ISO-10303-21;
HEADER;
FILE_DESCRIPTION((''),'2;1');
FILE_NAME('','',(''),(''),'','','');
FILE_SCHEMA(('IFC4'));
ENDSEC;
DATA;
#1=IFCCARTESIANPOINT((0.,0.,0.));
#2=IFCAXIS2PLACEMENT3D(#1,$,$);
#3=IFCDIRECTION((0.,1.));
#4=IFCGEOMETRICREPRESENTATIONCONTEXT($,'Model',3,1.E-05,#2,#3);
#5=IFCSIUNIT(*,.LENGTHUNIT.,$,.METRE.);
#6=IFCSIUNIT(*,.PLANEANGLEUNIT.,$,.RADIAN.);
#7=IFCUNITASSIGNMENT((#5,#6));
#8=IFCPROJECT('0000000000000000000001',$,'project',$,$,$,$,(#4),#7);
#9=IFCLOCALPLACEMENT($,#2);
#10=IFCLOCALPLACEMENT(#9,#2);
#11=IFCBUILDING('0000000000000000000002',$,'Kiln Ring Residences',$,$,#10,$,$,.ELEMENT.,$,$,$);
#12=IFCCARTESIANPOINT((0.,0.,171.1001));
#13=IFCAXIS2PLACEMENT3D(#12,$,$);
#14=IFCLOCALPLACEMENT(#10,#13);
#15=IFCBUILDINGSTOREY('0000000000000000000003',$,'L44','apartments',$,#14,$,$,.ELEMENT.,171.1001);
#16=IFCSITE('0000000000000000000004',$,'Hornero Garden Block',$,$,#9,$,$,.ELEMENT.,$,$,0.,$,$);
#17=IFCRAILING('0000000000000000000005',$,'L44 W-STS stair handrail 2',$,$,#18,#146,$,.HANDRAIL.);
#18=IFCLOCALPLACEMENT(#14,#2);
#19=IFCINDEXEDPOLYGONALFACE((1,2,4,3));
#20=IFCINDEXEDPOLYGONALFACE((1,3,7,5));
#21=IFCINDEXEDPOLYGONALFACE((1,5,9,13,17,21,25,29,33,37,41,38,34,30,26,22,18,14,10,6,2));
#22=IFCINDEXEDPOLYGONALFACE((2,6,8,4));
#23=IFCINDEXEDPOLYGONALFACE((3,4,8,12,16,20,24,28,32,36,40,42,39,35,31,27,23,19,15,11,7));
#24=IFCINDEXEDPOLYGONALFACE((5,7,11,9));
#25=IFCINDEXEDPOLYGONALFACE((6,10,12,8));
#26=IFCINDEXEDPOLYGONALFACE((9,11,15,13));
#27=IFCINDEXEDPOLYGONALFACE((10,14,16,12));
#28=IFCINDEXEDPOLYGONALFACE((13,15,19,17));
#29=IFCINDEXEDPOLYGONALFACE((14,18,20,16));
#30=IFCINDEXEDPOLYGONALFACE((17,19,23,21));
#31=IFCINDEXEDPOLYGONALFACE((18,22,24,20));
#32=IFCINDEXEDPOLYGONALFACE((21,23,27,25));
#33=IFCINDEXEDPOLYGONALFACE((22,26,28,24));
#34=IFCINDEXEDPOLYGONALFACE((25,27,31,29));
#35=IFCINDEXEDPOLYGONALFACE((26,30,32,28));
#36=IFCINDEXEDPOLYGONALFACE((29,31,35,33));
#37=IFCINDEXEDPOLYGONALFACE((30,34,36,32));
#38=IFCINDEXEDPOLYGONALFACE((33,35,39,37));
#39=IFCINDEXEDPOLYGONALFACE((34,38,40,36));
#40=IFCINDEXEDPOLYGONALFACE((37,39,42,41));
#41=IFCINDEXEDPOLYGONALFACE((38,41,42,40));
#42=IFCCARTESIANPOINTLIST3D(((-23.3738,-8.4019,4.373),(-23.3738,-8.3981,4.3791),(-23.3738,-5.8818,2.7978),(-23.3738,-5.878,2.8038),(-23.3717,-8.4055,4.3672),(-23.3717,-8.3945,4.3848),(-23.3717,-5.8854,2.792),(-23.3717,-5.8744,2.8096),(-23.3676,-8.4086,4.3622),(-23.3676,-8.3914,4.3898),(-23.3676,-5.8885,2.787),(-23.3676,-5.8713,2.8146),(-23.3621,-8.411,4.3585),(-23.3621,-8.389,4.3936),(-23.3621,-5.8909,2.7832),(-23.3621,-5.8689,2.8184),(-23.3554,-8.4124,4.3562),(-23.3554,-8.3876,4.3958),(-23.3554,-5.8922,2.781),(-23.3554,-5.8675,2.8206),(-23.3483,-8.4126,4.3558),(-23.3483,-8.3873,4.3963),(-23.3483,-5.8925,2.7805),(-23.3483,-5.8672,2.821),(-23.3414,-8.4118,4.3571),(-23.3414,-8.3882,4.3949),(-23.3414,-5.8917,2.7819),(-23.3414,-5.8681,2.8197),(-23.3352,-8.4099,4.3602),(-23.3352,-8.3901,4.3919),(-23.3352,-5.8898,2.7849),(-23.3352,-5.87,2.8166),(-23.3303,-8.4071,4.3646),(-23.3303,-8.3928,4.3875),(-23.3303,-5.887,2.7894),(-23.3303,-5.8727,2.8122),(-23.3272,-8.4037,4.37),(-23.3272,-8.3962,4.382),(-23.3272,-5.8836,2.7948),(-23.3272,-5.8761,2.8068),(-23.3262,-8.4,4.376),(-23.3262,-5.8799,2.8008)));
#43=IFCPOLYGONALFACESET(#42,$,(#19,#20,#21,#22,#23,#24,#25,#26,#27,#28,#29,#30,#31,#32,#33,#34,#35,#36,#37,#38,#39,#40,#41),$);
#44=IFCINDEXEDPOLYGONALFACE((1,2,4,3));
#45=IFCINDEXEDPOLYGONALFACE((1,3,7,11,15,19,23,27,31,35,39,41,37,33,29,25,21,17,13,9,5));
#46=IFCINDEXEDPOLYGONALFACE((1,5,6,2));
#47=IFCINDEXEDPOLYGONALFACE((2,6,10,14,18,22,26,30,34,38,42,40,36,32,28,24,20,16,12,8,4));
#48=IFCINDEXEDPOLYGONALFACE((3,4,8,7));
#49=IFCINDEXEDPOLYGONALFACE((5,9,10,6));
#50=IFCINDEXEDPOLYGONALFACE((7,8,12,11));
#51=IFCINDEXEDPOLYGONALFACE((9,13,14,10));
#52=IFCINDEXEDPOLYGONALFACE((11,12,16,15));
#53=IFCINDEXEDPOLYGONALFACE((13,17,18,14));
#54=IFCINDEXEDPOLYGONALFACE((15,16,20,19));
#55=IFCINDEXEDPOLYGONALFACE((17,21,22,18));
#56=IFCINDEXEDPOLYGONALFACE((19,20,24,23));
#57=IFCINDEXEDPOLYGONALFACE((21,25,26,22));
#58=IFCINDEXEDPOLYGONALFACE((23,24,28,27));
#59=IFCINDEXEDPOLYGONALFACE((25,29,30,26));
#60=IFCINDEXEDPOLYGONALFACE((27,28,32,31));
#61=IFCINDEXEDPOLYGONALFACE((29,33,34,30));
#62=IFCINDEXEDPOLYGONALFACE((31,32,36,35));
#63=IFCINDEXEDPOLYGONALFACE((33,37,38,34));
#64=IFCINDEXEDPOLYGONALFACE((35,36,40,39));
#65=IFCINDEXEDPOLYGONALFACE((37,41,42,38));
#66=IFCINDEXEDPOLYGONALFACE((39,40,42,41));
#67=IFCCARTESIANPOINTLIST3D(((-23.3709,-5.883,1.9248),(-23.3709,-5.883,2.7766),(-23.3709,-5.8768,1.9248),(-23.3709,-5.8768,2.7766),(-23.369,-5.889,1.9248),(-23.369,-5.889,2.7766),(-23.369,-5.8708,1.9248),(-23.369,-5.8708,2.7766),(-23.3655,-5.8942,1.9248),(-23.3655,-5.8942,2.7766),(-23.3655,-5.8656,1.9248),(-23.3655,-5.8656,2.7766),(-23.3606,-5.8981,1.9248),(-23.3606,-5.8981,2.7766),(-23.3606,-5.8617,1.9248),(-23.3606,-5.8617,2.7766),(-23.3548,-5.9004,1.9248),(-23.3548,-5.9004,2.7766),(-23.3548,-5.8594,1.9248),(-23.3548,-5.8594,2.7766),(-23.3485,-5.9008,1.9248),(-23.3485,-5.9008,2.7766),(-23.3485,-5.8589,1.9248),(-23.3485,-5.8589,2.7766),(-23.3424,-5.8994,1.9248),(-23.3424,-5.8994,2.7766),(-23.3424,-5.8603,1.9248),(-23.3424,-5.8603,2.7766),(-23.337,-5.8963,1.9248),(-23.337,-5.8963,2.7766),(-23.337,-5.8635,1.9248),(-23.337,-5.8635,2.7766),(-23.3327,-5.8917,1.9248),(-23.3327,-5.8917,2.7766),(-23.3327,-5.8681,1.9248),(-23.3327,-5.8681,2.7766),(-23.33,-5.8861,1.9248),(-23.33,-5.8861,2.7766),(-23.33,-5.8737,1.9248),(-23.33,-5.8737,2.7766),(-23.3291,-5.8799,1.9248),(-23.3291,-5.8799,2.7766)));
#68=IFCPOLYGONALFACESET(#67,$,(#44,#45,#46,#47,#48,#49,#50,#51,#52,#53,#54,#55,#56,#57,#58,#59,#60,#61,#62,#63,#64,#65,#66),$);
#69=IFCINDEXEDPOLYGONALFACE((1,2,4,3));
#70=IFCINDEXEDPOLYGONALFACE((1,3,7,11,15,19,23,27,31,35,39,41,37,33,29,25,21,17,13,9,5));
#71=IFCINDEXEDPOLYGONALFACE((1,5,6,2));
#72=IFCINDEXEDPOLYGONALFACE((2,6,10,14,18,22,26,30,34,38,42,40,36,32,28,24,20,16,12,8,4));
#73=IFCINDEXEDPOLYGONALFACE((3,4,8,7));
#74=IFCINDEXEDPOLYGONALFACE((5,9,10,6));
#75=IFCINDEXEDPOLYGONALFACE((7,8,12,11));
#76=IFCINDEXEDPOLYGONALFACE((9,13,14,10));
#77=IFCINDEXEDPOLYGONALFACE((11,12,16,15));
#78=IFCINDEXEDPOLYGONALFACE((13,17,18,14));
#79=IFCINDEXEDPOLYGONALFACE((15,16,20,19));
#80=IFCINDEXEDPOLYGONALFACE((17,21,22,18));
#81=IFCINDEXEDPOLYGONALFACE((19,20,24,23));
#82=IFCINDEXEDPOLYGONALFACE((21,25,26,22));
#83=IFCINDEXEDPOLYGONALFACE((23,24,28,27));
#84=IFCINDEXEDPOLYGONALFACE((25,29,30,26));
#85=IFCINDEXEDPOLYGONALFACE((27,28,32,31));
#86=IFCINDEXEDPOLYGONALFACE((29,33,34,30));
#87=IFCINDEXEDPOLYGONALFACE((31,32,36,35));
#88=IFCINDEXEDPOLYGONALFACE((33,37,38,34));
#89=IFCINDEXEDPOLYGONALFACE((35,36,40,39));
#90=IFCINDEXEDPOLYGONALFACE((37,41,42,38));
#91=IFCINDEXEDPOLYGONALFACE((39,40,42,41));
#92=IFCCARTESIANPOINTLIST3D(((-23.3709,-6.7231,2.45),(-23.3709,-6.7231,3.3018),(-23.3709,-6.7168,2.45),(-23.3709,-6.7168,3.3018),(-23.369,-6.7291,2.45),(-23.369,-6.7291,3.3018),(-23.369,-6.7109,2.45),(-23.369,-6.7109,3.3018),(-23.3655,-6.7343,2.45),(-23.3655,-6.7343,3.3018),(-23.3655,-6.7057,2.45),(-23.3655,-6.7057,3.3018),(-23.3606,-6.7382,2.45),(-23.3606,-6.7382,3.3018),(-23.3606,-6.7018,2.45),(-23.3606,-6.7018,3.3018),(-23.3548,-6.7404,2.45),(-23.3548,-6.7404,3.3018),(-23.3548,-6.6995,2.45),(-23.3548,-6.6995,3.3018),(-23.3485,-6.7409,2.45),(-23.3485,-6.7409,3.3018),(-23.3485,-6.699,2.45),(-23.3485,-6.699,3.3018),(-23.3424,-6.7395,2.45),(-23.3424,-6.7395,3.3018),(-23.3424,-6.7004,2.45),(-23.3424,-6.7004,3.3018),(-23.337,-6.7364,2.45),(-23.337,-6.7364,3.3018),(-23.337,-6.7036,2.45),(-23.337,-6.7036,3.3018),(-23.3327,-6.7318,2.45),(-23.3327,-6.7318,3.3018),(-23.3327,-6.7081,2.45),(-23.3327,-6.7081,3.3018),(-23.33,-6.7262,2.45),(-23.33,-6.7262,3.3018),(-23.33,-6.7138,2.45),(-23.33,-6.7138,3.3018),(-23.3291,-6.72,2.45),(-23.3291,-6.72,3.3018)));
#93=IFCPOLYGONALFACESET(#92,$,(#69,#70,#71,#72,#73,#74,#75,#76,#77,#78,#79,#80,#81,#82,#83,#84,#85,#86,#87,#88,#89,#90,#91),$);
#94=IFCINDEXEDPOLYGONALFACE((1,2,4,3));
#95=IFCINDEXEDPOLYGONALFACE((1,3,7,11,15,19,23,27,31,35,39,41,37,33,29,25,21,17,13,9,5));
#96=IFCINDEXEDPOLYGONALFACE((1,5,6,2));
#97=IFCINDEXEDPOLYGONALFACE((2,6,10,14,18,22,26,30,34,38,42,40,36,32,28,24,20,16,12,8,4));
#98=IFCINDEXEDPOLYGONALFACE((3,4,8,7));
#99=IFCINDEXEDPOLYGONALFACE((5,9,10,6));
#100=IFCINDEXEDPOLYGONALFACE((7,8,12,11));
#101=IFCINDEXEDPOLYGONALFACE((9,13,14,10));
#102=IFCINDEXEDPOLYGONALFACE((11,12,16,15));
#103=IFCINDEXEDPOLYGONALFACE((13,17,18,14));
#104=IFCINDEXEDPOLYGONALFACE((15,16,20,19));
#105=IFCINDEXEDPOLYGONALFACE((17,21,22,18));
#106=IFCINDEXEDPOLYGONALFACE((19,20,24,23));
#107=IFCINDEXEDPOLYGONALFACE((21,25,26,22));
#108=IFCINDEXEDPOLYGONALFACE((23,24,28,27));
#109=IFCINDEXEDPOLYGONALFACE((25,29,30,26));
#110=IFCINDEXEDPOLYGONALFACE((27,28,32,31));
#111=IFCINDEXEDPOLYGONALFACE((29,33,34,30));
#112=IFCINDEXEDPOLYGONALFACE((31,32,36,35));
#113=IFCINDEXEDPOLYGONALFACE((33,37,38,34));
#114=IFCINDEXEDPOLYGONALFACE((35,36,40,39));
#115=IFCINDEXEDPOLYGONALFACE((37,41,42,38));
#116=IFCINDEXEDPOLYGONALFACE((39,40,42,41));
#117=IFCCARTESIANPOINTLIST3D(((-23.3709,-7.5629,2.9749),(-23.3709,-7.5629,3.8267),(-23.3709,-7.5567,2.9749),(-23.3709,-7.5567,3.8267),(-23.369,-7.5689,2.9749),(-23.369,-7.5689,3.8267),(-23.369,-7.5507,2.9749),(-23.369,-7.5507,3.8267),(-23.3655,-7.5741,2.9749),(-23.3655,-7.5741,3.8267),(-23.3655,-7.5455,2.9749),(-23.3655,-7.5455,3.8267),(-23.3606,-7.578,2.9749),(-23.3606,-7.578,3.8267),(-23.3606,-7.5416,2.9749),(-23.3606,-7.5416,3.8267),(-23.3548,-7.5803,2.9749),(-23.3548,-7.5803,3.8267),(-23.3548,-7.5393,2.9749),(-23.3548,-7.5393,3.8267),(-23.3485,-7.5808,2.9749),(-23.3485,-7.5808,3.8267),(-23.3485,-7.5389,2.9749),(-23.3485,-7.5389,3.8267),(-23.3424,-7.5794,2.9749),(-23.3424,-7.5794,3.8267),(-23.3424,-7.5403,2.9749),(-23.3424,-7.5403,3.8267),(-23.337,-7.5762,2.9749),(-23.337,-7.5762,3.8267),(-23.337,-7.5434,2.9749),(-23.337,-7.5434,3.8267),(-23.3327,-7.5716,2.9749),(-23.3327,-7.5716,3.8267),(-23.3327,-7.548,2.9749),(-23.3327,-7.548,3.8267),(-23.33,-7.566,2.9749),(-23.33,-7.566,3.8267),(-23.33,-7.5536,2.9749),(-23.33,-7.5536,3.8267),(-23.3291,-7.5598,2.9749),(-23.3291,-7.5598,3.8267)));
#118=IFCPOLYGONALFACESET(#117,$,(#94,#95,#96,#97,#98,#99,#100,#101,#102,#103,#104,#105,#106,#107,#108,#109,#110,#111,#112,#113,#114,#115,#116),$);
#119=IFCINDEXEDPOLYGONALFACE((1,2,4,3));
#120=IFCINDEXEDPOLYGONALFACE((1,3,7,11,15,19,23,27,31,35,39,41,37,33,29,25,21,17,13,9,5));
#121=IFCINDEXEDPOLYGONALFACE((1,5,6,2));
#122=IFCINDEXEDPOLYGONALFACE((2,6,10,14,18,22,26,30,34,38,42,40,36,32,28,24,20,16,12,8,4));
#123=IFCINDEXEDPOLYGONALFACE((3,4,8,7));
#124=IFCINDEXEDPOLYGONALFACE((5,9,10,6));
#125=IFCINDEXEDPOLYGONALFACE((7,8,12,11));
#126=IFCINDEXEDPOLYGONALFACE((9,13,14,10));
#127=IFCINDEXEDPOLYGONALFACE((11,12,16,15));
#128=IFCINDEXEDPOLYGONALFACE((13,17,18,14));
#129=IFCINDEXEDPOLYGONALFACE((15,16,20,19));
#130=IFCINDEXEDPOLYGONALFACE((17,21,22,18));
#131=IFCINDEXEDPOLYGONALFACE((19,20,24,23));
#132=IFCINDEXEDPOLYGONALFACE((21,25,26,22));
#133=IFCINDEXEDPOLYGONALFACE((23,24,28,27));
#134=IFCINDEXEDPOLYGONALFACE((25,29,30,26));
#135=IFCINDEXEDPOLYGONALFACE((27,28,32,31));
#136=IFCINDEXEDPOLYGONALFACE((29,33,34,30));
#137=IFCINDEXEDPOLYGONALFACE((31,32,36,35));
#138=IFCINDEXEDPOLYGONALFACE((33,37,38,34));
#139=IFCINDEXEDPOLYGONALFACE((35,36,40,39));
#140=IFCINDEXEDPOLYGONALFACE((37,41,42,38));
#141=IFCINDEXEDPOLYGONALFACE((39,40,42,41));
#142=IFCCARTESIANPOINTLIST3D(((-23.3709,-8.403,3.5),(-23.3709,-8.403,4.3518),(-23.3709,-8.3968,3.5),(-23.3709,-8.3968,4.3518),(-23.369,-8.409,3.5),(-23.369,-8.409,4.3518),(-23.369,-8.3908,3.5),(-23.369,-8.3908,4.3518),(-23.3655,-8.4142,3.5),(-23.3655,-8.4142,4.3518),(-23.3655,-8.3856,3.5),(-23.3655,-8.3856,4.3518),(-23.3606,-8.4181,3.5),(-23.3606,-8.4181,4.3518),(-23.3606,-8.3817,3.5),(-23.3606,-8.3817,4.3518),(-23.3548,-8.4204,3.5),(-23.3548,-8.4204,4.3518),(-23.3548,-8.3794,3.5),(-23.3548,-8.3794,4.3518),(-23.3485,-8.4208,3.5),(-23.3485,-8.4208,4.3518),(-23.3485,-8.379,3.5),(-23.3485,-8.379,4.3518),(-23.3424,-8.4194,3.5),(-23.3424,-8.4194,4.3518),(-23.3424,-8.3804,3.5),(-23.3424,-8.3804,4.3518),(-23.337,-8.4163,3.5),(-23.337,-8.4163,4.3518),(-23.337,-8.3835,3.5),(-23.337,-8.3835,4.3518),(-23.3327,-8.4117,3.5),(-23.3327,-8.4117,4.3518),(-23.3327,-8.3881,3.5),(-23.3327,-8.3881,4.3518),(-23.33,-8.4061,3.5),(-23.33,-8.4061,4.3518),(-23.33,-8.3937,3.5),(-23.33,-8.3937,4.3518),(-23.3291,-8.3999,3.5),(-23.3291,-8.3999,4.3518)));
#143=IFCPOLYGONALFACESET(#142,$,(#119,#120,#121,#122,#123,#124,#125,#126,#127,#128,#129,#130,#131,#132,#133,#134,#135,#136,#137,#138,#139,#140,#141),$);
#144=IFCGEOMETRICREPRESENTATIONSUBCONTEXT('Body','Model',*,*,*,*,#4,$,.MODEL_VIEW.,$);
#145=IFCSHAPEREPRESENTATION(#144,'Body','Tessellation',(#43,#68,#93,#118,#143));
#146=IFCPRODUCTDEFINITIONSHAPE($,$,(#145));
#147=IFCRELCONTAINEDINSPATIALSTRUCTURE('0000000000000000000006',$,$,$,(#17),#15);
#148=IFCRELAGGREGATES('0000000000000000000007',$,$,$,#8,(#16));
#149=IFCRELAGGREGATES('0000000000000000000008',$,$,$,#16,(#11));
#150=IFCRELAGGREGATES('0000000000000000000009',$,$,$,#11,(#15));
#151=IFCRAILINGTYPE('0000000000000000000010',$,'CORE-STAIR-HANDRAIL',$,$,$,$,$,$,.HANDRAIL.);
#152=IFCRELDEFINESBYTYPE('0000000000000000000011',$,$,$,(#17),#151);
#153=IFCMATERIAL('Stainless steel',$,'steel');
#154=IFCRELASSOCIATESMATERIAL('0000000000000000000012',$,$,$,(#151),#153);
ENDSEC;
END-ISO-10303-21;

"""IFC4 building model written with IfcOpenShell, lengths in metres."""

from ifc_helpers import new_model, si_unit, direction, frame, origin, origin_2d, place, context, subcontext, project, spatial, circle, extrude, material, type_object, element, save


model = new_model("IFC4")

# Units and contexts
model_context = context("Model", 3, precision=1e-05, world=origin(), true_north=direction((0.0, 1.0)))
body_context = subcontext(model_context, "Body", "Model", "MODEL_VIEW")
ifc_project = project(units=[si_unit("LENGTHUNIT", "METRE"), si_unit("PLANEANGLEUNIT", "RADIAN")], contexts=[model_context])

# Site, building, storey
site_placement = place(None, origin())
site = spatial("IfcSite", under=ifc_project, at=site_placement, Name="Hornero Garden Block", CompositionType="ELEMENT", RefElevation=0.0)
building_placement = place(site_placement, origin())
building = spatial("IfcBuilding", under=site, at=building_placement, Name="Kiln Ring Residences", CompositionType="ELEMENT")
storey_placement = place(building_placement, frame((0.0, 0.0, 171.1001)))
storey = spatial("IfcBuildingStorey", under=building, at=storey_placement, Name="L44", Description="apartments", CompositionType="ELEMENT", Elevation=171.1001)

# Railing
ifc_material_1 = material(Name="Stainless steel", Category="steel")
railing_type_1 = type_object("IfcRailingType", Name="CORE-STAIR-HANDRAIL", PredefinedType="HANDRAIL", material=ifc_material_1)
railing_1_placement = place(storey_placement, frame((-23.3501, -5.8799, 1.9248)))
element("IfcRailing", 1, at=railing_1_placement, inside=storey, type_object=railing_type_1, Name="L44 W-STS stair handrail 2", PredefinedType="HANDRAIL", context=body_context, shape_type="SweptSolid", body=[
    extrude(circle(Radius=0.0239, at=origin_2d()), frame((0.0, 0.0, 0.876), z_axis=(0.0, -0.847971, 0.530043), x_axis=(1.0, 0.0, 0.0)), (0.0, 0.0, 1.0), 2.9719),
    extrude(circle(Radius=0.021, at=origin_2d()), origin(), (0.0, 0.0, 1.0), 0.8518),
    extrude(circle(Radius=0.021, at=origin_2d()), frame((0.0, -0.8401, 0.5251)), (0.0, 0.0, 1.0), 0.8518),
    extrude(circle(Radius=0.021, at=origin_2d()), frame((0.0, -1.6799, 1.05)), (0.0, 0.0, 1.0), 0.8518),
    extrude(circle(Radius=0.021, at=origin_2d()), frame((0.0, -2.52, 1.5752)), (0.0, 0.0, 1.0), 0.8518),
])

save(model, "model.ifc")
